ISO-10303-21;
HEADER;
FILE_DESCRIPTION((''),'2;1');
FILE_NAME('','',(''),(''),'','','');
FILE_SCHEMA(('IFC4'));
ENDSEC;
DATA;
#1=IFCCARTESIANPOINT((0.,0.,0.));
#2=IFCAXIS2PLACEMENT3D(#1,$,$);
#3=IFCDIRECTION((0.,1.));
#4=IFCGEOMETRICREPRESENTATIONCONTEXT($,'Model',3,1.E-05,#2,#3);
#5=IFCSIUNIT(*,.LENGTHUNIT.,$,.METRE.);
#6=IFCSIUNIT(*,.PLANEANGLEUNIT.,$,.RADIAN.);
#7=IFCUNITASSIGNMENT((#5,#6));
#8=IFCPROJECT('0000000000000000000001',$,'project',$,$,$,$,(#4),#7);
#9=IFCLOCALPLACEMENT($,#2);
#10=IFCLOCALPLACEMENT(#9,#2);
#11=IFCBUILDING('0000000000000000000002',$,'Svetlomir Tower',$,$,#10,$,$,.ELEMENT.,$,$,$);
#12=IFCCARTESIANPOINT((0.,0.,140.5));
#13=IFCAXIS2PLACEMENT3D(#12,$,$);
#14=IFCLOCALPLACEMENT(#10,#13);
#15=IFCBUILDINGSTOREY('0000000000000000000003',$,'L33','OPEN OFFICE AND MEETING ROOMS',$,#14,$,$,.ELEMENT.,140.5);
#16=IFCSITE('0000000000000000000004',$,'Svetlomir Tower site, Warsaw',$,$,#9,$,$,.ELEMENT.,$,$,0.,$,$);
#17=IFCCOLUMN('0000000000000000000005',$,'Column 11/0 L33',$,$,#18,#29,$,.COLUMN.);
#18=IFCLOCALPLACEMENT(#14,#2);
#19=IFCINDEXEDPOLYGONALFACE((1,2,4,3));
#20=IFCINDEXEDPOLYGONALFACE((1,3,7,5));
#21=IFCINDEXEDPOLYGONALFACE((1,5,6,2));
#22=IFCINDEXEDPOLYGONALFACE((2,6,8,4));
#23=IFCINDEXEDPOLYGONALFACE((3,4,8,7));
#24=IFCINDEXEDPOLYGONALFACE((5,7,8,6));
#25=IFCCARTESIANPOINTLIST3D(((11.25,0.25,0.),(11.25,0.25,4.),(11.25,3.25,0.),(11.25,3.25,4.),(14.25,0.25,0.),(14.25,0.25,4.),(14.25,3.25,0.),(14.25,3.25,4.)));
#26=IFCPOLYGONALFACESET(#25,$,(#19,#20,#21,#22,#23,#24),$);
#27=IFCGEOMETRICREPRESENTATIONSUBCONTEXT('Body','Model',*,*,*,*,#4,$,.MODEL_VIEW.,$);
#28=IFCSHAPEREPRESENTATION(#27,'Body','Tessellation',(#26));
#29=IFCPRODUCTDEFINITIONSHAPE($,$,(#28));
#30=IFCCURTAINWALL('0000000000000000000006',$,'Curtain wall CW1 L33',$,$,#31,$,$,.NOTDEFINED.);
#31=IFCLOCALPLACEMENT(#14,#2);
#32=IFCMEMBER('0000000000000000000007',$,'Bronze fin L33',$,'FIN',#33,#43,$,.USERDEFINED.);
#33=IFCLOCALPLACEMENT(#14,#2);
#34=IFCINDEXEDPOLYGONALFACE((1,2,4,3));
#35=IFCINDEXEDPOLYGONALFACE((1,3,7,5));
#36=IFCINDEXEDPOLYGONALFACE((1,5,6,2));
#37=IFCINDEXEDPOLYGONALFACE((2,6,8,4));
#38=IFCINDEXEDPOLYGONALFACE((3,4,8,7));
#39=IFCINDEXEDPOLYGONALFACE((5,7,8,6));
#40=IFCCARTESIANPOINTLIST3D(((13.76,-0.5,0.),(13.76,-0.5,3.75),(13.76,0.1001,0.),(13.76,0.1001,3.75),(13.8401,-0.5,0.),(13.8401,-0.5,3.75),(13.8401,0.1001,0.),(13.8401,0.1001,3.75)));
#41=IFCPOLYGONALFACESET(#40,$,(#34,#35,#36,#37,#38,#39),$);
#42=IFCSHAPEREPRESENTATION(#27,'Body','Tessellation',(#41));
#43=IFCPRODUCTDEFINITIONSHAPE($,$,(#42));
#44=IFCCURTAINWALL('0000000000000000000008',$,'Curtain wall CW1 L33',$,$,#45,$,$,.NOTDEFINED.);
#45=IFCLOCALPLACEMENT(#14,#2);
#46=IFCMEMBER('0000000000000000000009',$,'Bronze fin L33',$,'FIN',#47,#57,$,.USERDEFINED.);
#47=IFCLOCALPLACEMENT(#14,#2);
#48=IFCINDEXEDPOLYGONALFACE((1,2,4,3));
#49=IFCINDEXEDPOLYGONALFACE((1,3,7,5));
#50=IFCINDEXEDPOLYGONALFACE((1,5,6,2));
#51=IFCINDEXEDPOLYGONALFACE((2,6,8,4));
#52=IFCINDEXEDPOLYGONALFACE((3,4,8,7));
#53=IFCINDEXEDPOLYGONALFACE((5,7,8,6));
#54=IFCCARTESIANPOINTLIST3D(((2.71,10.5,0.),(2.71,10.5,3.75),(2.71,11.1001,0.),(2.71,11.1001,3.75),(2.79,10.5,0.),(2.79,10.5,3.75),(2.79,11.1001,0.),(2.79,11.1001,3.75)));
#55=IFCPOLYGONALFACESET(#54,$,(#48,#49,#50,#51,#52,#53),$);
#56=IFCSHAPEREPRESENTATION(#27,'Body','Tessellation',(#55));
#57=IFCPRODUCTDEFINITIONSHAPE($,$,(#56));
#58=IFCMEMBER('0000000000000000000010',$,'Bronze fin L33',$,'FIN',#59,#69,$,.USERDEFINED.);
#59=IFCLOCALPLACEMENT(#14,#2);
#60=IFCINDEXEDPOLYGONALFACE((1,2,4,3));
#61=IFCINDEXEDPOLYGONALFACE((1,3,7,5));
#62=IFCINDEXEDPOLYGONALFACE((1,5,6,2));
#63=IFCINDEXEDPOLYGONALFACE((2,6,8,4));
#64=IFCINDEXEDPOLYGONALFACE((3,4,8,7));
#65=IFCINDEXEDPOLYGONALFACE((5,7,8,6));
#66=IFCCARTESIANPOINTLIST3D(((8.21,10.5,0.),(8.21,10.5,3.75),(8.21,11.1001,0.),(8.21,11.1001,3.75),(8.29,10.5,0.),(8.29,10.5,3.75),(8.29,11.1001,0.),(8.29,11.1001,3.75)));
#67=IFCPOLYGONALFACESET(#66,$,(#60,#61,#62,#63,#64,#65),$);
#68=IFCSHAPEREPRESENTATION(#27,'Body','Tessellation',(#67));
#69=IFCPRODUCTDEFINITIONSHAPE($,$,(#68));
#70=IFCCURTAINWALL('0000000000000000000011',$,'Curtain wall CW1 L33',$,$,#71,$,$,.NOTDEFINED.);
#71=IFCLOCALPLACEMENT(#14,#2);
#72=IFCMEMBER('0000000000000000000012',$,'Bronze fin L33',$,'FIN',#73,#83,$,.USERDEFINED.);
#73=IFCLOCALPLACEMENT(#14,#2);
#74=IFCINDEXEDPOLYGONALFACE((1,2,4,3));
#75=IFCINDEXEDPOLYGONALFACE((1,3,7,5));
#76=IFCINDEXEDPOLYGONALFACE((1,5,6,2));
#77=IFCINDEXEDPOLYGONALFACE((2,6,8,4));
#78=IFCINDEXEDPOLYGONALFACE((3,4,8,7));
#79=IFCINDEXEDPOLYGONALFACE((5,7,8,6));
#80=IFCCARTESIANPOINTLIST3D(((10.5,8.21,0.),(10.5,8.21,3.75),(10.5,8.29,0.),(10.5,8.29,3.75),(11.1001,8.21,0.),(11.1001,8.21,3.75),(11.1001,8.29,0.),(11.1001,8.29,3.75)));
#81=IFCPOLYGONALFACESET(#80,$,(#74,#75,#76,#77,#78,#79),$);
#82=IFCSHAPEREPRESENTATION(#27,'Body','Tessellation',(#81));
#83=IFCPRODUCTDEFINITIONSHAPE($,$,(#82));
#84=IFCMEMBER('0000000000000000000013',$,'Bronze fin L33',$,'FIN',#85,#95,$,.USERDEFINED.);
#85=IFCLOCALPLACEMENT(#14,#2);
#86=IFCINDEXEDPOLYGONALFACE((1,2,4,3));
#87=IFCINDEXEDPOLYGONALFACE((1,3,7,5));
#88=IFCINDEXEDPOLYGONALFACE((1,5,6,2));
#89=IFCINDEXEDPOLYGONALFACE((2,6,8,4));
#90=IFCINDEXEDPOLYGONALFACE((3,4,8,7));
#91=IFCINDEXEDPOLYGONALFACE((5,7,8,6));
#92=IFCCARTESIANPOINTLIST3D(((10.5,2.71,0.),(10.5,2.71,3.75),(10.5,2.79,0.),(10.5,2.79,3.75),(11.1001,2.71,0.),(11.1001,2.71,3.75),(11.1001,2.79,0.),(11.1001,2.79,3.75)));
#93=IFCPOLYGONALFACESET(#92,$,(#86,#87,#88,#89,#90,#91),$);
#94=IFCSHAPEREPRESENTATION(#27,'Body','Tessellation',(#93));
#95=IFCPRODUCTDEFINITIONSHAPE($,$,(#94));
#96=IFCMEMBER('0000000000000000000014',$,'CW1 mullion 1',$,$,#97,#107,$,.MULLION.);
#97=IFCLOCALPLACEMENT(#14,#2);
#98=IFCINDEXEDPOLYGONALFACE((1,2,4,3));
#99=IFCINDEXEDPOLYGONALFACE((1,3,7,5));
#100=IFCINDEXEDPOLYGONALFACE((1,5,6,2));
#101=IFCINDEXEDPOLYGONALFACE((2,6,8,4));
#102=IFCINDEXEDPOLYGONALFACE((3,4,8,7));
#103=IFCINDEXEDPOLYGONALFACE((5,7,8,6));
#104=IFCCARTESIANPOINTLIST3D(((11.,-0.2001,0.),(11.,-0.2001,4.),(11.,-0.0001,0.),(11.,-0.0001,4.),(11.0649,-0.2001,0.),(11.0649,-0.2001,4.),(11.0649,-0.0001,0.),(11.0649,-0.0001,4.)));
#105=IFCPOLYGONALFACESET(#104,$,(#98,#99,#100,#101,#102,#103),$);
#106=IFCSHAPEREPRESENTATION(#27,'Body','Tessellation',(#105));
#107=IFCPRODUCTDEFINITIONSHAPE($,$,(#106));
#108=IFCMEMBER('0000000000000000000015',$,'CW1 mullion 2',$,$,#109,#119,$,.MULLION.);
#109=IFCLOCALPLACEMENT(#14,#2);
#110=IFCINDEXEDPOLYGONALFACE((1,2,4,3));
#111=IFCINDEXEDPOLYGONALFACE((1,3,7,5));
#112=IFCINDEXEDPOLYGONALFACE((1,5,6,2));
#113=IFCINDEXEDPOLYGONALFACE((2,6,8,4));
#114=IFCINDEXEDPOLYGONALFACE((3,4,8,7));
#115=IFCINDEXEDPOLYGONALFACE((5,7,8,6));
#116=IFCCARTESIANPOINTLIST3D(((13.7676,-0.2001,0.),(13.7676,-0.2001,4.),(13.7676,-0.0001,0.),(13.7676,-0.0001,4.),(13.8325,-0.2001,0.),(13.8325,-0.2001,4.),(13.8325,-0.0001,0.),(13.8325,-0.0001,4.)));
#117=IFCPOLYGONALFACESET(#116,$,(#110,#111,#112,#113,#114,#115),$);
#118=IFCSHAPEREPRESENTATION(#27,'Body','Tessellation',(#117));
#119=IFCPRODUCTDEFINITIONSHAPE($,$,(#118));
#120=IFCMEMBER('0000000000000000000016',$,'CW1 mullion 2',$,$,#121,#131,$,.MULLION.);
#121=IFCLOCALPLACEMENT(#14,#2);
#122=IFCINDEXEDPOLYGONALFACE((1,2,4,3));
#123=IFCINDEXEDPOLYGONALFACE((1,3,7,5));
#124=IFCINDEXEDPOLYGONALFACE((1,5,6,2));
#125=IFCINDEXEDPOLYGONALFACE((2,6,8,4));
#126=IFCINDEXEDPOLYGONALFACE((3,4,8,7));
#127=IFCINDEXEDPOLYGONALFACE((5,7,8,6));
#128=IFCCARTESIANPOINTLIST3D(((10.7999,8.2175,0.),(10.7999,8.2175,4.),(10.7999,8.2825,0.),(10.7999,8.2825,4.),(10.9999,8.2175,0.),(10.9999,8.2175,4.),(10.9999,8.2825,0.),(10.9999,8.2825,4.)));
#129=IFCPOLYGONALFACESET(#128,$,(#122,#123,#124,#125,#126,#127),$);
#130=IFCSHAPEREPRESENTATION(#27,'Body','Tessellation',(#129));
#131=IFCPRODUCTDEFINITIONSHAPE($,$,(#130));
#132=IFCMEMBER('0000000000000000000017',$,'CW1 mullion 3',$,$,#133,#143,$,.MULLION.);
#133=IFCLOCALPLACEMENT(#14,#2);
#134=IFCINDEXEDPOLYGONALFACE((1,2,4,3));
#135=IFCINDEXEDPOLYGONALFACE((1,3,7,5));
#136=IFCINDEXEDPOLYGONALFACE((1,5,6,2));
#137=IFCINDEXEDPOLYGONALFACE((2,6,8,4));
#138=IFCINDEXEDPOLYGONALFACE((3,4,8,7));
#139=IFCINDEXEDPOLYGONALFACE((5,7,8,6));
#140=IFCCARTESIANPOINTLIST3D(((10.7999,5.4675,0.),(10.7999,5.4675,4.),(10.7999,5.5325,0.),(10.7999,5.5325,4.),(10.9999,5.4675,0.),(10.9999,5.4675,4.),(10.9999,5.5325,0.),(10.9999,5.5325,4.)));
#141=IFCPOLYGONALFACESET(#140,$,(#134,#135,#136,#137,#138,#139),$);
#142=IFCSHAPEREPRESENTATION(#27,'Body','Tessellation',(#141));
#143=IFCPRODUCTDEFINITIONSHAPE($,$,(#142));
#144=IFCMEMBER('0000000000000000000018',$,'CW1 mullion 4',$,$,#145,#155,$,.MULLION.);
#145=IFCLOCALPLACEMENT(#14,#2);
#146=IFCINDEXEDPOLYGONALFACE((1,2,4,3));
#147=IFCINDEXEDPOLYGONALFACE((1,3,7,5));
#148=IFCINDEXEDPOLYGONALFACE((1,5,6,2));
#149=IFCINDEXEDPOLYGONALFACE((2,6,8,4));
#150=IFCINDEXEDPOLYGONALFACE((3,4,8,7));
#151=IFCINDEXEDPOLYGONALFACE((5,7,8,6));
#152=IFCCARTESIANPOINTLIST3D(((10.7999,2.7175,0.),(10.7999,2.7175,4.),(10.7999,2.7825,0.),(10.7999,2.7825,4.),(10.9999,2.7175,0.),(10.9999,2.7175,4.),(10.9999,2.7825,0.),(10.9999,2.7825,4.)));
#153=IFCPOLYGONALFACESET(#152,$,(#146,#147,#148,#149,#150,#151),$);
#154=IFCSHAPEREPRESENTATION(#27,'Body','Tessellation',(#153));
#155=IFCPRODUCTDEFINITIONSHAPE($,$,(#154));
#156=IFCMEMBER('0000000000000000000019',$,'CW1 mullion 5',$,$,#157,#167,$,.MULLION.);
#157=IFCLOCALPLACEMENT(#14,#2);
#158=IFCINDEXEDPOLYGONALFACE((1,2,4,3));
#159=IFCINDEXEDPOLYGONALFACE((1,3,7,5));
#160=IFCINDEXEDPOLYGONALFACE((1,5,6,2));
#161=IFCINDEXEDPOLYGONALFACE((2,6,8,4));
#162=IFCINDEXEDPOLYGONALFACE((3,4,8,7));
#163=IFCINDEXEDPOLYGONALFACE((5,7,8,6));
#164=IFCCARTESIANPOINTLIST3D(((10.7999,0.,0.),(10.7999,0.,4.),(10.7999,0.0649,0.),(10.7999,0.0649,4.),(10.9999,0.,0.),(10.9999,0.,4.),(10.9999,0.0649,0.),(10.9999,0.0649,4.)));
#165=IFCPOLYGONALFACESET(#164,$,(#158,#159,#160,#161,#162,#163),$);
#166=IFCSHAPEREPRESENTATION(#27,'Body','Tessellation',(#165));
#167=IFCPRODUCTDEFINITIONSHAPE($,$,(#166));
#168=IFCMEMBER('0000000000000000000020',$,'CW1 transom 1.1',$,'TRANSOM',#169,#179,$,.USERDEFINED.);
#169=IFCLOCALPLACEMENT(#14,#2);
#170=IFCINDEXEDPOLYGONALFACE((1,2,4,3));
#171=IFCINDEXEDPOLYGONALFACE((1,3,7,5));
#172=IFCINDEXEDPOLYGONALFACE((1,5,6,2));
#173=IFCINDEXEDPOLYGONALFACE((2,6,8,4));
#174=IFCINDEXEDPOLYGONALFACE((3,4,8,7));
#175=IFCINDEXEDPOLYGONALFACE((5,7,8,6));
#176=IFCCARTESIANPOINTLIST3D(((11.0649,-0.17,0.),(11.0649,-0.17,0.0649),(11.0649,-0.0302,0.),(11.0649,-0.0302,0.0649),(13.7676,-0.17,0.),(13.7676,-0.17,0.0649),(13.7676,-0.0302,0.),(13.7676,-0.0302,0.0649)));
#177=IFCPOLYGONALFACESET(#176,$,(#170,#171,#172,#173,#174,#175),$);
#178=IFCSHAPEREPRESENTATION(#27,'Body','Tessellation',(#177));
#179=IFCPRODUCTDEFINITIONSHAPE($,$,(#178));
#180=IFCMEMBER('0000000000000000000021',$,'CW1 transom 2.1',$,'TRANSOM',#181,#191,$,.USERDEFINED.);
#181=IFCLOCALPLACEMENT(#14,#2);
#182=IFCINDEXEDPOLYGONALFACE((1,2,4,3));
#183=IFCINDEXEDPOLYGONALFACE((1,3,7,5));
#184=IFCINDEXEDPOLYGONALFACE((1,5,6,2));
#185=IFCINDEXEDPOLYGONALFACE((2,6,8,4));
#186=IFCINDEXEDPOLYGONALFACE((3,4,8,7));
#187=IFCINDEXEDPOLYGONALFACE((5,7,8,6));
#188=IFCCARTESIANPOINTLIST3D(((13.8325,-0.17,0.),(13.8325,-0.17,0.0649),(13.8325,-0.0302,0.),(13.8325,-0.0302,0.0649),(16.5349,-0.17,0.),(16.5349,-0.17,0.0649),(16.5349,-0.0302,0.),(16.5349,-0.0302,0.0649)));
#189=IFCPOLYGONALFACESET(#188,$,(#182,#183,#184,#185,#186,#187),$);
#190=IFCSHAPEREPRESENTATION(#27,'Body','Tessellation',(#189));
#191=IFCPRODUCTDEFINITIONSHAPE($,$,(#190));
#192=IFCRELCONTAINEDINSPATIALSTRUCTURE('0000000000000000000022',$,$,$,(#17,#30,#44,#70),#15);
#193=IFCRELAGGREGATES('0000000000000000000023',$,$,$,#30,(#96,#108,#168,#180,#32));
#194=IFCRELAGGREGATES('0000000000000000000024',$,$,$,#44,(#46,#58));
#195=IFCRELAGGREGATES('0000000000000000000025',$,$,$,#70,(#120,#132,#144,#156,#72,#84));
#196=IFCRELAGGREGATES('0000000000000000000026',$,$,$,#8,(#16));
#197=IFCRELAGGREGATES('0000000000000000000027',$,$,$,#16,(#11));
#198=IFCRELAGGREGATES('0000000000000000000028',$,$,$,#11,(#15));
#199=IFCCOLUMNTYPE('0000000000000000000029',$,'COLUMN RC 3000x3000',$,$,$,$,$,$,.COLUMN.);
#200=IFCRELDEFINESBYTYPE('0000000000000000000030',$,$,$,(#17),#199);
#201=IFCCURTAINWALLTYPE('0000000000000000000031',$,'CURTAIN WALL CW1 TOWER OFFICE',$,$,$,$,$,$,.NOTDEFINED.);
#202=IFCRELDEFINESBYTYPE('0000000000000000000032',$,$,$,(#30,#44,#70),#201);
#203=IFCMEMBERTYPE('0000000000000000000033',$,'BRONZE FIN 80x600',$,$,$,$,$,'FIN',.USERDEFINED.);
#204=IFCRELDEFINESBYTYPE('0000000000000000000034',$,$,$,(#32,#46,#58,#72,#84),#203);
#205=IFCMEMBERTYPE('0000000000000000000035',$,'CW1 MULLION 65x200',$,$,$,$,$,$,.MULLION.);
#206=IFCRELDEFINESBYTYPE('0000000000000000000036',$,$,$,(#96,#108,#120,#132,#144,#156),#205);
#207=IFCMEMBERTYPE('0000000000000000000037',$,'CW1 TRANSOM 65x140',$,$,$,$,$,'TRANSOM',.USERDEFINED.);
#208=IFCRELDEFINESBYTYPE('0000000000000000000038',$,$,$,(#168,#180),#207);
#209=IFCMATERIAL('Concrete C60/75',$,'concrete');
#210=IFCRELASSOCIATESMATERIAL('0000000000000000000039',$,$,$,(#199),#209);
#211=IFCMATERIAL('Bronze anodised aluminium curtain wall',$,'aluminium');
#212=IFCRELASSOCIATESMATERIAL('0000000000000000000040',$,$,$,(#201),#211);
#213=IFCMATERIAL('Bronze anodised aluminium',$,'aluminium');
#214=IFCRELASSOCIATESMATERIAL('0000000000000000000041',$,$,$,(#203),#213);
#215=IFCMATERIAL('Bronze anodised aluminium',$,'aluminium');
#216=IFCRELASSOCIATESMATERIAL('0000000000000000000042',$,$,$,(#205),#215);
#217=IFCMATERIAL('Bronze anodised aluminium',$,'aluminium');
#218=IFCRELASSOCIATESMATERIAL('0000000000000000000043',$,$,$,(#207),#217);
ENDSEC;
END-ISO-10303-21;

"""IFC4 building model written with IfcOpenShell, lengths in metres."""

from ifc_helpers import new_model, si_unit, direction, frame, origin, origin_2d, place, context, subcontext, project, spatial, rectangle, extrude, material, material_profile, profile_set, type_object, element, aggregate, save


model = new_model("IFC4")

# Units and contexts
model_context = context("Model", 3, precision=1e-05, world=origin(), true_north=direction((0.0, 1.0)))
body_context = subcontext(model_context, "Body", "Model", "MODEL_VIEW")
ifc_project = project(units=[si_unit("LENGTHUNIT", "METRE"), si_unit("PLANEANGLEUNIT", "RADIAN")], contexts=[model_context])

# Site, building, storey
site_placement = place(None, origin())
site = spatial("IfcSite", under=ifc_project, at=site_placement, Name="Svetlomir Tower site, Warsaw", CompositionType="ELEMENT", RefElevation=0.0)
building_placement = place(site_placement, origin())
building = spatial("IfcBuilding", under=site, at=building_placement, Name="Svetlomir Tower", CompositionType="ELEMENT")
storey_placement = place(building_placement, frame((0.0, 0.0, 140.5)))
storey = spatial("IfcBuildingStorey", under=building, at=storey_placement, Name="L33", Description="OPEN OFFICE AND MEETING ROOMS", CompositionType="ELEMENT", Elevation=140.5)

# Column
ifc_material_1 = material(Name="Concrete C60/75", Category="concrete")
ifc_material_profile_1 = material_profile(ifc_material_1, rectangle(XDim=3.0, YDim=3.0, at=origin_2d()), Name="RC 3000x3000")
ifc_profile_set_1 = profile_set([ifc_material_profile_1], Name="Concrete C60/75")
column_type = type_object("IfcColumnType", Name="COLUMN RC 3000x3000", PredefinedType="COLUMN", material=ifc_profile_set_1)
column_placement = place(storey_placement, frame((12.75, 1.75, 0.0), z_axis=(0.0, 0.0, 1.0), x_axis=(1.0, 0.0, 0.0)))
element("IfcColumn", 1, at=column_placement, inside=storey, type_object=column_type, Name="Column 11/0 L33", PredefinedType="COLUMN", context=body_context, shape_type="SweptSolid", body=[
    extrude(rectangle(XDim=3.0, YDim=3.0, at=origin_2d()), origin(), (0.0, 0.0, 1.0), 4.0),
])

# Curtain wall, member
ifc_material_2 = material(Name="Bronze anodised aluminium curtain wall", Category="aluminium")
curtain_wall_type = type_object("IfcCurtainWallType", Name="CURTAIN WALL CW1 TOWER OFFICE", PredefinedType="NOTDEFINED", material=ifc_material_2)
curtain_wall_1_placement = place(storey_placement, origin())
curtain_wall_1 = element("IfcCurtainWall", 2, at=curtain_wall_1_placement, inside=storey, type_object=curtain_wall_type, Name="Curtain wall CW1 L33", PredefinedType="NOTDEFINED")
ifc_material_3 = material(Name="Bronze anodised aluminium", Category="aluminium")
ifc_material_profile_2 = material_profile(ifc_material_3, rectangle(XDim=0.0801, YDim=0.6001, at=origin_2d()), Name="FIN 80x600")
ifc_profile_set_2 = profile_set([ifc_material_profile_2], Name="Bronze anodised aluminium 6063-T6")
member_type_1 = type_object("IfcMemberType", Name="BRONZE FIN 80x600", ElementType="FIN", PredefinedType="USERDEFINED", material=ifc_profile_set_2)
member_1_placement = place(storey_placement, frame((13.8, -0.2, 0.0), z_axis=(0.0, 0.0, 1.0), x_axis=(1.0, 0.0, 0.0)))
member_1 = element("IfcMember", 3, at=member_1_placement, type_object=member_type_1, Name="Bronze fin L33", ObjectType="FIN", PredefinedType="USERDEFINED", context=body_context, shape_type="SweptSolid", body=[
    extrude(rectangle(XDim=0.0801, YDim=0.6001, at=origin_2d()), origin(), (0.0, 0.0, 1.0), 3.75),
])

# Curtain walls, members
curtain_wall_2_placement = place(storey_placement, origin())
curtain_wall_2 = element("IfcCurtainWall", 4, at=curtain_wall_2_placement, inside=storey, type_object=curtain_wall_type, Name="Curtain wall CW1 L33", PredefinedType="NOTDEFINED")
member_2_placement = place(storey_placement, frame((2.75, 10.8, 0.0), z_axis=(0.0, 0.0, 1.0), x_axis=(1.0, 0.0, 0.0)))
member_2 = element("IfcMember", 5, at=member_2_placement, type_object=member_type_1, Name="Bronze fin L33", ObjectType="FIN", PredefinedType="USERDEFINED", context=body_context, shape_type="SweptSolid", body=[
    extrude(rectangle(XDim=0.0801, YDim=0.6001, at=origin_2d()), origin(), (0.0, 0.0, 1.0), 3.75),
])
member_3_placement = place(storey_placement, frame((8.25, 10.8, 0.0), z_axis=(0.0, 0.0, 1.0), x_axis=(1.0, 0.0, 0.0)))
member_3 = element("IfcMember", 6, at=member_3_placement, type_object=member_type_1, Name="Bronze fin L33", ObjectType="FIN", PredefinedType="USERDEFINED", context=body_context, shape_type="SweptSolid", body=[
    extrude(rectangle(XDim=0.0801, YDim=0.6001, at=origin_2d()), origin(), (0.0, 0.0, 1.0), 3.75),
])
curtain_wall_3_placement = place(storey_placement, origin())
curtain_wall_3 = element("IfcCurtainWall", 7, at=curtain_wall_3_placement, inside=storey, type_object=curtain_wall_type, Name="Curtain wall CW1 L33", PredefinedType="NOTDEFINED")
member_4_placement = place(storey_placement, frame((10.8, 8.25, 0.0), z_axis=(0.0, 0.0, 1.0), x_axis=(0.0, 1.0, 0.0)))
member_4 = element("IfcMember", 8, at=member_4_placement, type_object=member_type_1, Name="Bronze fin L33", ObjectType="FIN", PredefinedType="USERDEFINED", context=body_context, shape_type="SweptSolid", body=[
    extrude(rectangle(XDim=0.0801, YDim=0.6001, at=origin_2d()), origin(), (0.0, 0.0, 1.0), 3.75),
])
member_5_placement = place(storey_placement, frame((10.8, 2.75, 0.0), z_axis=(0.0, 0.0, 1.0), x_axis=(0.0, 1.0, 0.0)))
member_5 = element("IfcMember", 9, at=member_5_placement, type_object=member_type_1, Name="Bronze fin L33", ObjectType="FIN", PredefinedType="USERDEFINED", context=body_context, shape_type="SweptSolid", body=[
    extrude(rectangle(XDim=0.0801, YDim=0.6001, at=origin_2d()), origin(), (0.0, 0.0, 1.0), 3.75),
])

# Members
ifc_material_4 = material(Name="Bronze anodised aluminium", Category="aluminium")
ifc_material_profile_3 = material_profile(ifc_material_4, rectangle(XDim=0.0649, YDim=0.2, at=origin_2d()), Name="AL 65x200")
ifc_profile_set_3 = profile_set([ifc_material_profile_3], Name="Bronze anodised aluminium 6063-T6")
member_type_2 = type_object("IfcMemberType", Name="CW1 MULLION 65x200", PredefinedType="MULLION", material=ifc_profile_set_3)
member_6_placement = place(storey_placement, frame((11.0325, -0.1001, 0.0), z_axis=(0.0, 0.0, 1.0), x_axis=(1.0, 0.0, 0.0)))
member_6 = element("IfcMember", 10, at=member_6_placement, type_object=member_type_2, Name="CW1 mullion 1", PredefinedType="MULLION", context=body_context, shape_type="SweptSolid", body=[
    extrude(rectangle(XDim=0.0649, YDim=0.2, at=origin_2d()), origin(), (0.0, 0.0, 1.0), 4.0),
])
member_7_placement = place(storey_placement, frame((13.8, -0.1001, 0.0), z_axis=(0.0, 0.0, 1.0), x_axis=(1.0, 0.0, 0.0)))
member_7 = element("IfcMember", 11, at=member_7_placement, type_object=member_type_2, Name="CW1 mullion 2", PredefinedType="MULLION", context=body_context, shape_type="SweptSolid", body=[
    extrude(rectangle(XDim=0.0649, YDim=0.2, at=origin_2d()), origin(), (0.0, 0.0, 1.0), 4.0),
])
member_8_placement = place(storey_placement, frame((10.8999, 8.25, 0.0), z_axis=(0.0, 0.0, 1.0), x_axis=(0.0, -1.0, 0.0)))
member_8 = element("IfcMember", 12, at=member_8_placement, type_object=member_type_2, Name="CW1 mullion 2", PredefinedType="MULLION", context=body_context, shape_type="SweptSolid", body=[
    extrude(rectangle(XDim=0.0649, YDim=0.2, at=origin_2d()), origin(), (0.0, 0.0, 1.0), 4.0),
])
member_9_placement = place(storey_placement, frame((10.8999, 5.5, 0.0), z_axis=(0.0, 0.0, 1.0), x_axis=(0.0, -1.0, 0.0)))
member_9 = element("IfcMember", 13, at=member_9_placement, type_object=member_type_2, Name="CW1 mullion 3", PredefinedType="MULLION", context=body_context, shape_type="SweptSolid", body=[
    extrude(rectangle(XDim=0.0649, YDim=0.2, at=origin_2d()), origin(), (0.0, 0.0, 1.0), 4.0),
])
member_10_placement = place(storey_placement, frame((10.8999, 2.75, 0.0), z_axis=(0.0, 0.0, 1.0), x_axis=(0.0, -1.0, 0.0)))
member_10 = element("IfcMember", 14, at=member_10_placement, type_object=member_type_2, Name="CW1 mullion 4", PredefinedType="MULLION", context=body_context, shape_type="SweptSolid", body=[
    extrude(rectangle(XDim=0.0649, YDim=0.2, at=origin_2d()), origin(), (0.0, 0.0, 1.0), 4.0),
])
member_11_placement = place(storey_placement, frame((10.8999, 0.0325, 0.0), z_axis=(0.0, 0.0, 1.0), x_axis=(0.0, -1.0, 0.0)))
member_11 = element("IfcMember", 15, at=member_11_placement, type_object=member_type_2, Name="CW1 mullion 5", PredefinedType="MULLION", context=body_context, shape_type="SweptSolid", body=[
    extrude(rectangle(XDim=0.0649, YDim=0.2, at=origin_2d()), origin(), (0.0, 0.0, 1.0), 4.0),
])
ifc_material_5 = material(Name="Bronze anodised aluminium", Category="aluminium")
ifc_material_profile_4 = material_profile(ifc_material_5, rectangle(XDim=0.1399, YDim=0.0649, at=origin_2d()), Name="AL 140x65")
ifc_profile_set_4 = profile_set([ifc_material_profile_4], Name="Bronze anodised aluminium 6063-T6")
member_type_3 = type_object("IfcMemberType", Name="CW1 TRANSOM 65x140", ElementType="TRANSOM", PredefinedType="USERDEFINED", material=ifc_profile_set_4)
member_12_placement = place(storey_placement, frame((11.0649, -0.1001, 0.0325), z_axis=(1.0, 0.0, 0.0), x_axis=(0.0, 1.0, 0.0)))
member_12 = element("IfcMember", 16, at=member_12_placement, type_object=member_type_3, Name="CW1 transom 1.1", ObjectType="TRANSOM", PredefinedType="USERDEFINED", context=body_context, shape_type="SweptSolid", body=[
    extrude(rectangle(XDim=0.1399, YDim=0.0649, at=origin_2d()), origin(), (0.0, 0.0, 1.0), 2.7026),
])
member_13_placement = place(storey_placement, frame((13.8325, -0.1001, 0.0325), z_axis=(1.0, 0.0, 0.0), x_axis=(0.0, 1.0, 0.0)))
member_13 = element("IfcMember", 17, at=member_13_placement, type_object=member_type_3, Name="CW1 transom 2.1", ObjectType="TRANSOM", PredefinedType="USERDEFINED", context=body_context, shape_type="SweptSolid", body=[
    extrude(rectangle(XDim=0.1399, YDim=0.0649, at=origin_2d()), origin(), (0.0, 0.0, 1.0), 2.7024),
])

aggregate(curtain_wall_1, [member_6, member_7, member_12, member_13, member_1])
aggregate(curtain_wall_2, [member_2, member_3])
aggregate(curtain_wall_3, [member_8, member_9, member_10, member_11, member_4, member_5])

save(model, "model.ifc")
